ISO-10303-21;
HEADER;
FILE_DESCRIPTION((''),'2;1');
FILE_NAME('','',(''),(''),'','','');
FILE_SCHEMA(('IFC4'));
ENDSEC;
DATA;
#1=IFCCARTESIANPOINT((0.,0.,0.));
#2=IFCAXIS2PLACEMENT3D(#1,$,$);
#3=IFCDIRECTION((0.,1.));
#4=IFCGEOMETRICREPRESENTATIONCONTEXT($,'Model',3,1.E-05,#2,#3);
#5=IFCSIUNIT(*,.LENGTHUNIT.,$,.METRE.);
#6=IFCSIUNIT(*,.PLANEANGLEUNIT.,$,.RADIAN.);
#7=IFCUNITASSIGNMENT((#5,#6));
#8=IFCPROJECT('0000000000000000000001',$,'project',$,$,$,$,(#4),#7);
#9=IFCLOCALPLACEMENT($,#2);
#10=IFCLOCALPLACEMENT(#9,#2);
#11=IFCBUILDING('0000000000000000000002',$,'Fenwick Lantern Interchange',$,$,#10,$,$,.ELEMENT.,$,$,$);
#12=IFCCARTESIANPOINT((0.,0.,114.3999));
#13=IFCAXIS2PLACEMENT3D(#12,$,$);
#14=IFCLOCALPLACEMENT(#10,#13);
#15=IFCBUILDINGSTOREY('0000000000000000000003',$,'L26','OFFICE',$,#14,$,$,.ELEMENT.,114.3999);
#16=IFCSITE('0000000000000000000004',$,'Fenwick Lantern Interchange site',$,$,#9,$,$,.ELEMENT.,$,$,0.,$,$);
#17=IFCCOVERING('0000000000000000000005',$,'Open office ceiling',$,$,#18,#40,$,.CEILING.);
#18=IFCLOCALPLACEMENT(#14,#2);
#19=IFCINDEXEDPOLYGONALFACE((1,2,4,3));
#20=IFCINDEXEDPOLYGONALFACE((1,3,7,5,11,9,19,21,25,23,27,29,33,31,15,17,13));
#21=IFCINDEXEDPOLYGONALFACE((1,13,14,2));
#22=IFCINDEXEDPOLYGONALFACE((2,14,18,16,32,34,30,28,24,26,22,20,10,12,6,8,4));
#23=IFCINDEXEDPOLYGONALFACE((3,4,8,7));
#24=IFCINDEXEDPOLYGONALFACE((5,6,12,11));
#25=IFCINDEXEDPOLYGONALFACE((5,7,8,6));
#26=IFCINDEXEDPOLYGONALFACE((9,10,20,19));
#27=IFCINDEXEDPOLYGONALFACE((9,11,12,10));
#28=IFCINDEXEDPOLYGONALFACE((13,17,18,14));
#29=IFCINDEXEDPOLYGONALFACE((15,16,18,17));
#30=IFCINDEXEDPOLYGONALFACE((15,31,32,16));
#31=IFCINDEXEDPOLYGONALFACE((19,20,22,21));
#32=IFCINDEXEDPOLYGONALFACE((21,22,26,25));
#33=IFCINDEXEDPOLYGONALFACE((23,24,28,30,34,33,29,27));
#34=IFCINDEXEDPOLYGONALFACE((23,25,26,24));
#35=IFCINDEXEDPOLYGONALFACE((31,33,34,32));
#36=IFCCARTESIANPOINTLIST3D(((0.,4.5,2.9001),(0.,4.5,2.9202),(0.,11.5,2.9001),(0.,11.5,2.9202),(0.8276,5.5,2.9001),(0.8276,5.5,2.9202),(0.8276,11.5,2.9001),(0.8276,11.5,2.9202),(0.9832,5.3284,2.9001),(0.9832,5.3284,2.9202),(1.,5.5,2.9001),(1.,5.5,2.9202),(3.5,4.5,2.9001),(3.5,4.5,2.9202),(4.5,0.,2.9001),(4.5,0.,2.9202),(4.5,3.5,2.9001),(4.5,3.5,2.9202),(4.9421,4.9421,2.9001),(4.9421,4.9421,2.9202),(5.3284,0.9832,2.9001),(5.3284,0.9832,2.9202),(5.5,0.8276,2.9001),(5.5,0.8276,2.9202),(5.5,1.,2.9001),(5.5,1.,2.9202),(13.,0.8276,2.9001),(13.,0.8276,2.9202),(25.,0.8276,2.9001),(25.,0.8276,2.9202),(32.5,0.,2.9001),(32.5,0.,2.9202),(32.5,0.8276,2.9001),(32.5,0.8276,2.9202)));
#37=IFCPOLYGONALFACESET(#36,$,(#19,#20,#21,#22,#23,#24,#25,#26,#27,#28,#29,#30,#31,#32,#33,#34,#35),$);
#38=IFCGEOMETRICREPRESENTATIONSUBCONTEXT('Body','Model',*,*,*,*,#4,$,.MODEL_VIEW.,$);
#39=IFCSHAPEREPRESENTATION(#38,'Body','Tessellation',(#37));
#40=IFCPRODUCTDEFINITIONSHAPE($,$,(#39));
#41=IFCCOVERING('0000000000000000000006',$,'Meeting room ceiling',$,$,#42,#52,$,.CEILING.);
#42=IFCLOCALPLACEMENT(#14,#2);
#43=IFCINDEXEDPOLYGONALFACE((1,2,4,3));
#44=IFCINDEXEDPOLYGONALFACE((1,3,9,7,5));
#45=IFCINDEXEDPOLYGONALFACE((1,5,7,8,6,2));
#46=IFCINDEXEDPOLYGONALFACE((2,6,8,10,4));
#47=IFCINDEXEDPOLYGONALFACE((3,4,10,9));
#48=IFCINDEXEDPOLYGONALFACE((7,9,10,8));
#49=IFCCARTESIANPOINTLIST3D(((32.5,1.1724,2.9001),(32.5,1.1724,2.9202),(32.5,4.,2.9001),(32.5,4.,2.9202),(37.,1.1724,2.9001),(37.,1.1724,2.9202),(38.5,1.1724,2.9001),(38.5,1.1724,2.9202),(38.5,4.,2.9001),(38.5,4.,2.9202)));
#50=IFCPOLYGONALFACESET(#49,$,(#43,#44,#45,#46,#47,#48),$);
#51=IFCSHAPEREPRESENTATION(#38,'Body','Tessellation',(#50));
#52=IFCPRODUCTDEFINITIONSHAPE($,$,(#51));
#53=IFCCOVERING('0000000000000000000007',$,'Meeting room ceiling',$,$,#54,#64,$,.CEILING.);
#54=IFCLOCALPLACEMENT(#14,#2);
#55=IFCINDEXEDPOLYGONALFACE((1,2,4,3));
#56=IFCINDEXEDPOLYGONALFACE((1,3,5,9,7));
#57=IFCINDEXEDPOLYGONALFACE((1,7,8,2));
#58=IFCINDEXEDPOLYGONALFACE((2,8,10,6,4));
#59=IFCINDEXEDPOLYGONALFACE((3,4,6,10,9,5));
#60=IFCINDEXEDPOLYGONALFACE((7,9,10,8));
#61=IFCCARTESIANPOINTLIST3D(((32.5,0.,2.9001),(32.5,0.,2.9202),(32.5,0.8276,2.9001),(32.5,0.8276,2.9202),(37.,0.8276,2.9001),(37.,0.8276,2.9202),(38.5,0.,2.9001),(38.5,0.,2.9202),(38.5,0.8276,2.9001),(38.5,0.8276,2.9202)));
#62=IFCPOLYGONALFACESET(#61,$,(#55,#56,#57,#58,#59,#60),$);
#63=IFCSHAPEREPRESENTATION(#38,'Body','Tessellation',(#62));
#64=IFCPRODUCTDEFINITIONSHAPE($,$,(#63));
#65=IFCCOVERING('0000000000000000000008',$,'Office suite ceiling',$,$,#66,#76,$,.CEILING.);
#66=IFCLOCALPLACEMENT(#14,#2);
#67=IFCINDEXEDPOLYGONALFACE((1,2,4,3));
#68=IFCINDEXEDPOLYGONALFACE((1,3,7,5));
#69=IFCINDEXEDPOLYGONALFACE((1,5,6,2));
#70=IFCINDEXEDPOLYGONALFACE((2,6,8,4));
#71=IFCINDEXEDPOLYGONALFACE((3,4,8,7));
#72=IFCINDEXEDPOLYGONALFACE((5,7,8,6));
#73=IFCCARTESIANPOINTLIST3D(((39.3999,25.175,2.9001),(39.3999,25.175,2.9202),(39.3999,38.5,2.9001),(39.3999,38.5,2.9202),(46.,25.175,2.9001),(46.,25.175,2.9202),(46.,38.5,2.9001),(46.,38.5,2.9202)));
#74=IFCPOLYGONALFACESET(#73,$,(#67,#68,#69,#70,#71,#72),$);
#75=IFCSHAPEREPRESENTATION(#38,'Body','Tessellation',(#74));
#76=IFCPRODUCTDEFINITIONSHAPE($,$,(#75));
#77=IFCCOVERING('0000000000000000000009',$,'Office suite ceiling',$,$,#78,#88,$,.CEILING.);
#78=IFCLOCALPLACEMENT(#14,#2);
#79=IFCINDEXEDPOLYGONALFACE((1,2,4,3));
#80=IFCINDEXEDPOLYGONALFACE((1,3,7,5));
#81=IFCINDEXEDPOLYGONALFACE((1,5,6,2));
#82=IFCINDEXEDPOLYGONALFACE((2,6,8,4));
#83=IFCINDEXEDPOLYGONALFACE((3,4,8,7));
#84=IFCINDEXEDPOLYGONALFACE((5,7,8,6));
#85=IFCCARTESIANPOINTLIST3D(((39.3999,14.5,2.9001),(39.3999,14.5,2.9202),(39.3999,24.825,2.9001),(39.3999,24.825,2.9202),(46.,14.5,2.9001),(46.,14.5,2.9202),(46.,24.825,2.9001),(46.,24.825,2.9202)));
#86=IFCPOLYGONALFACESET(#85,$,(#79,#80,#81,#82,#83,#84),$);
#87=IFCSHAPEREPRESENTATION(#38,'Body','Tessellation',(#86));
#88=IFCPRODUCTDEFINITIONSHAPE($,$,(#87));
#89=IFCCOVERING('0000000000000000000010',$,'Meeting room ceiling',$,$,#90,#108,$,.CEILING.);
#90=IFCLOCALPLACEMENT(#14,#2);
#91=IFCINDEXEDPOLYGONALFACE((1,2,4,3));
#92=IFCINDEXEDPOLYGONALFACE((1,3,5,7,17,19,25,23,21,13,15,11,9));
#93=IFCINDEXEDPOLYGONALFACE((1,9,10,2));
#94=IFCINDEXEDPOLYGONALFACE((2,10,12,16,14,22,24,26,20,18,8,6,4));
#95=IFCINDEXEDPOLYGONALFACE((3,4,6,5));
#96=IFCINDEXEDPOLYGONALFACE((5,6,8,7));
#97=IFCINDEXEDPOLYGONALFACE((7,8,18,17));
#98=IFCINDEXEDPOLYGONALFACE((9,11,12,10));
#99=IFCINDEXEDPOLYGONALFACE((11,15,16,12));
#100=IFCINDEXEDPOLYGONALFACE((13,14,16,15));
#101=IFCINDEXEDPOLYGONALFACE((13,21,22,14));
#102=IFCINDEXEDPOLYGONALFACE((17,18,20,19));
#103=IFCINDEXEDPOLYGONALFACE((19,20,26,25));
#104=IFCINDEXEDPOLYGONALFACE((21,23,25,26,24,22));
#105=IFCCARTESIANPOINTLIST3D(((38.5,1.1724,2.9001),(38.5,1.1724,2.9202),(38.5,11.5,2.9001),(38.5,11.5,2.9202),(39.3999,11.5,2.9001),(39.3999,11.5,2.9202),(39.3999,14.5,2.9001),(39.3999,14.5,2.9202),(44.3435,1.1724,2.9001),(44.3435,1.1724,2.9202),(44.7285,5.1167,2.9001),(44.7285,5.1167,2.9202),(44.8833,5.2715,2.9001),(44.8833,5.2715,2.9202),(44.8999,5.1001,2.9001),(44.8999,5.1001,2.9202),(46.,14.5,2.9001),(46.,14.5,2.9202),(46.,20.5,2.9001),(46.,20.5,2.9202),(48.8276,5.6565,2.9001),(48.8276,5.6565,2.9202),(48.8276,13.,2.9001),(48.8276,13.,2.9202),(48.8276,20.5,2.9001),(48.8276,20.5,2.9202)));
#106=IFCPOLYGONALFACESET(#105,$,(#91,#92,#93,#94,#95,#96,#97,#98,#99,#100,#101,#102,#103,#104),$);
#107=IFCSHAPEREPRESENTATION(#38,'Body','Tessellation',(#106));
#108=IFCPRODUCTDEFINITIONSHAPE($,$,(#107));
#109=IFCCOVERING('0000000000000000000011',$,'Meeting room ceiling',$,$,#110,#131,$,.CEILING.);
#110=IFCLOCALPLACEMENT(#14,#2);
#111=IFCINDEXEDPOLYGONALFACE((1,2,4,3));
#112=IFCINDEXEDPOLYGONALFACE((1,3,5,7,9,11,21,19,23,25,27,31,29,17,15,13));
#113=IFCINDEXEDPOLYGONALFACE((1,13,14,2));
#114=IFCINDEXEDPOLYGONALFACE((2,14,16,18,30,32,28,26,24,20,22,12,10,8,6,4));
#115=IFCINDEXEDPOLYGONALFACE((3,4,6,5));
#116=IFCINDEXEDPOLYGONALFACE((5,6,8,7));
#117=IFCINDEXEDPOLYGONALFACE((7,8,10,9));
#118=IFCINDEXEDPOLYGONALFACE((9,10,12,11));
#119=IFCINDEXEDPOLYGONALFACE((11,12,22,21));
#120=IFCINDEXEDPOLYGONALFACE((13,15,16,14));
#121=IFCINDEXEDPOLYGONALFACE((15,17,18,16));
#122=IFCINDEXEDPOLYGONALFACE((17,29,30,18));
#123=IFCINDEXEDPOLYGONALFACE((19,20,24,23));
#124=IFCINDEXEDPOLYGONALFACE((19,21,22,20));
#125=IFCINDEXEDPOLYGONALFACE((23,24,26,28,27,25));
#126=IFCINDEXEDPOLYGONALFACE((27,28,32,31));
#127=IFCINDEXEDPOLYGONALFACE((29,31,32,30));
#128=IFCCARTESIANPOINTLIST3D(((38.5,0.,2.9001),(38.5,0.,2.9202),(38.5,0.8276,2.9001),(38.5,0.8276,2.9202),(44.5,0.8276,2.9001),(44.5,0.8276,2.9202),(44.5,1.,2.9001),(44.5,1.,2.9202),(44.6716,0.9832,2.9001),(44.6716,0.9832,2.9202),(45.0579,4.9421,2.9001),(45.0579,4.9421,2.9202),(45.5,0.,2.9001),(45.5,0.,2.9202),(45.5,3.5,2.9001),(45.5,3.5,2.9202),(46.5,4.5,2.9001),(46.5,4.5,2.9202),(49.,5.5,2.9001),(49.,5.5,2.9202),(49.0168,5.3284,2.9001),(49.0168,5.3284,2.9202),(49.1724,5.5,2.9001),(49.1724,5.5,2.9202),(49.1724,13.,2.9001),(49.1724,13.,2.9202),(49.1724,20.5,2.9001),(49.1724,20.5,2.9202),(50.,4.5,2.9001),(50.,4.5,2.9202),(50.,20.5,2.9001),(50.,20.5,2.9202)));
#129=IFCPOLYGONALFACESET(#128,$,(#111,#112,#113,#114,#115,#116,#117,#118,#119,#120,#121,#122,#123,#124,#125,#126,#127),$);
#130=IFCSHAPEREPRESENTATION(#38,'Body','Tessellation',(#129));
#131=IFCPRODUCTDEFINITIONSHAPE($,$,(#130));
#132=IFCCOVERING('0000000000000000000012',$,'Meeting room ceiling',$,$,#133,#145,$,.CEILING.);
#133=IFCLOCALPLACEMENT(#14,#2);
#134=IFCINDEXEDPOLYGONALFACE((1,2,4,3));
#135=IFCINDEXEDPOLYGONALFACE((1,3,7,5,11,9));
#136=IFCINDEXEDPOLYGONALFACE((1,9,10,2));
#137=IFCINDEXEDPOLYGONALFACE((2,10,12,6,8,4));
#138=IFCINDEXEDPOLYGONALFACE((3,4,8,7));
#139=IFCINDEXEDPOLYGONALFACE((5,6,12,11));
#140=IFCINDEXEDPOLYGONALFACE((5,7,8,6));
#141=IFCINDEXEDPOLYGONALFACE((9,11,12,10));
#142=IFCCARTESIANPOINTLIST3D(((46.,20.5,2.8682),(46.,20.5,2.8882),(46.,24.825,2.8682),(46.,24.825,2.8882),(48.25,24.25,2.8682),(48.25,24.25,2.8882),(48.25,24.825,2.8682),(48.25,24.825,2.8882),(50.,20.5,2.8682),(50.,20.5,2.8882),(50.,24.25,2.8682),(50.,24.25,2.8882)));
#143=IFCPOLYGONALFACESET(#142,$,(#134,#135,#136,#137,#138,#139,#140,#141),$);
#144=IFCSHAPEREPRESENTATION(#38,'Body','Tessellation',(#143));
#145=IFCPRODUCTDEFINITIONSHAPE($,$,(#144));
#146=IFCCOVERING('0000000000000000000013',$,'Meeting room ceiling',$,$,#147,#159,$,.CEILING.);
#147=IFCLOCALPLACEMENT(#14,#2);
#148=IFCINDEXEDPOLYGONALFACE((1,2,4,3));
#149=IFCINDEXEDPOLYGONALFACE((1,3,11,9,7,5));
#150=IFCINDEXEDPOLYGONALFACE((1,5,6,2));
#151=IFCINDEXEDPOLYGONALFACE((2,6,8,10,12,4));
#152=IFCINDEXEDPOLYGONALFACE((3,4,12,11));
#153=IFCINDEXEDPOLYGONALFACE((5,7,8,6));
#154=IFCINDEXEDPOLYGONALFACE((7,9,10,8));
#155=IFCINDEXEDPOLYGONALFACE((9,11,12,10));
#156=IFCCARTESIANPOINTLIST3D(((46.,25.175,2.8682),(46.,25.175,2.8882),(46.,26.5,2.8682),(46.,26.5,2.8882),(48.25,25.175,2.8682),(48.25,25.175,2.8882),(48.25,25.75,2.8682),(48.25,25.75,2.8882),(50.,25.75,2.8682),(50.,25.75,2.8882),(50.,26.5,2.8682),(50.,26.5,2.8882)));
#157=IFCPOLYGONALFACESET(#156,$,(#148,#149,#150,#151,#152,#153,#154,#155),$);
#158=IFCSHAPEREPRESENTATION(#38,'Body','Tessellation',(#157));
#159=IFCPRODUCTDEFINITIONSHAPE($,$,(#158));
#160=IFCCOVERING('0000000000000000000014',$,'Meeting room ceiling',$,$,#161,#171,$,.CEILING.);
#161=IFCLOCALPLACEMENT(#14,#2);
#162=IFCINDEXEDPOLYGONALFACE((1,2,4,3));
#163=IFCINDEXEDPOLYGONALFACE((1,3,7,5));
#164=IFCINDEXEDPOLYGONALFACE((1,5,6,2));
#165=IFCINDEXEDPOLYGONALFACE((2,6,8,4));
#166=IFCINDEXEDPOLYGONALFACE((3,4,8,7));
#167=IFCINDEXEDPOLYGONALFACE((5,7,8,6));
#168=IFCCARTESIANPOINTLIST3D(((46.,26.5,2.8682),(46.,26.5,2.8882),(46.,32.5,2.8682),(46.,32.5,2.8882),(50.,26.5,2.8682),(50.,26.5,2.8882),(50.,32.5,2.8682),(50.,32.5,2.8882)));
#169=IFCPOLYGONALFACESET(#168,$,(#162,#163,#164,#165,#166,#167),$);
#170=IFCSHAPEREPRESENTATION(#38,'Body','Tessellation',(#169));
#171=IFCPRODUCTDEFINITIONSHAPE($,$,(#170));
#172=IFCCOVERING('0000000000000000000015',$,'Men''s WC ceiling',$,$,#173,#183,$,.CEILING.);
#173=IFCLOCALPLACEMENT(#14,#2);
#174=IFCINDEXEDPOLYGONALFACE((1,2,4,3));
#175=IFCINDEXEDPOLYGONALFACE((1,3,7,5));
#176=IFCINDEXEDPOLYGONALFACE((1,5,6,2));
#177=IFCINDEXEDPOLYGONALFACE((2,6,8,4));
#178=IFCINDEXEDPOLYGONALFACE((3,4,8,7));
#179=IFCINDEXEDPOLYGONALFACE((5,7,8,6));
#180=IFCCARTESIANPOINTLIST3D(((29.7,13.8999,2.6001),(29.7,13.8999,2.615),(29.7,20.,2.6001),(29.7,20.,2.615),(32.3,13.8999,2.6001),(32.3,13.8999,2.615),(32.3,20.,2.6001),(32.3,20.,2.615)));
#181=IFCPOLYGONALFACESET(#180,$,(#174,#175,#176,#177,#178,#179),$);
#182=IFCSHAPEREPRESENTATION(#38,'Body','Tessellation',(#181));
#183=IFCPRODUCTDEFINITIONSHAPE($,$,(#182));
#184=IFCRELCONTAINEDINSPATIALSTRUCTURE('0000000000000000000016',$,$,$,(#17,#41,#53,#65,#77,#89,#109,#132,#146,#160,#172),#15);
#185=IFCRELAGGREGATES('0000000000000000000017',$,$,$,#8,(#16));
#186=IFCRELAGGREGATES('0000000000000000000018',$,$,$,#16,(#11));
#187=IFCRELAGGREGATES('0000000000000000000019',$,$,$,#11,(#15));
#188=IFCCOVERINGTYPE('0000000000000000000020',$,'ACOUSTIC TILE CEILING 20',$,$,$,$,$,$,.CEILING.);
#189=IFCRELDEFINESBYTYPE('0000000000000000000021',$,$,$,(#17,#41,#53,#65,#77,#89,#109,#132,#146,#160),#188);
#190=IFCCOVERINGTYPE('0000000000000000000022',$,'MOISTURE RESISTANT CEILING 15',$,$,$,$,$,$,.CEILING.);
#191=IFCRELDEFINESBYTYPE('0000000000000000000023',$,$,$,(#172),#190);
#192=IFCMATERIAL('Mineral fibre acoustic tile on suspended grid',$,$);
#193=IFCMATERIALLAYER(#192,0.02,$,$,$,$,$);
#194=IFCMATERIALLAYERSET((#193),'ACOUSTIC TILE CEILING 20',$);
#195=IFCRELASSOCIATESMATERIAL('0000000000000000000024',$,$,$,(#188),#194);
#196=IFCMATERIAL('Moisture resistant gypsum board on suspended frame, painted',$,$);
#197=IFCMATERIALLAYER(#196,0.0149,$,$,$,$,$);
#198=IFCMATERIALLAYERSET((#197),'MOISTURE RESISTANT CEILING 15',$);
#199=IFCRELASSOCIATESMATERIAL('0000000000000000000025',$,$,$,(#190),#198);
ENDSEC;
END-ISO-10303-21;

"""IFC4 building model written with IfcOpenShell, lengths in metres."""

from ifc_helpers import new_model, si_unit, direction, frame, origin, place, context, subcontext, project, spatial, polyline, outline, extrude, material, layer, layer_set, type_object, element, save


model = new_model("IFC4")

# Units and contexts
model_context = context("Model", 3, precision=1e-05, world=origin(), true_north=direction((0.0, 1.0)))
body_context = subcontext(model_context, "Body", "Model", "MODEL_VIEW")
ifc_project = project(units=[si_unit("LENGTHUNIT", "METRE"), si_unit("PLANEANGLEUNIT", "RADIAN")], contexts=[model_context])

# Site, building, storey
site_placement = place(None, origin())
site = spatial("IfcSite", under=ifc_project, at=site_placement, Name="Fenwick Lantern Interchange site", CompositionType="ELEMENT", RefElevation=0.0)
building_placement = place(site_placement, origin())
building = spatial("IfcBuilding", under=site, at=building_placement, Name="Fenwick Lantern Interchange", CompositionType="ELEMENT")
storey_placement = place(building_placement, frame((0.0, 0.0, 114.3999)))
storey = spatial("IfcBuildingStorey", under=building, at=storey_placement, Name="L26", Description="OFFICE", CompositionType="ELEMENT", Elevation=114.3999)

# Coverings
ifc_material_1 = material(Name="Mineral fibre acoustic tile on suspended grid")
ifc_layer_1 = layer(ifc_material_1, 0.02)
ifc_layer_set_1 = layer_set([ifc_layer_1], Name="ACOUSTIC TILE CEILING 20")
covering_type_1 = type_object("IfcCoveringType", Name="ACOUSTIC TILE CEILING 20", PredefinedType="CEILING", material=ifc_layer_set_1)
covering_1_placement = place(storey_placement, frame((0.0, 0.0, 2.9001)))
element("IfcCovering", 1, at=covering_1_placement, inside=storey, type_object=covering_type_1, Name="Open office ceiling", PredefinedType="CEILING", context=body_context, shape_type="SweptSolid", body=[
    extrude(outline(polyline([(4.5, 3.5), (4.5, 0.0), (32.5, 0.0), (32.5, 0.8276), (25.0, 0.8276), (13.0, 0.8276), (5.5, 0.8276), (5.5, 1.0), (5.3284, 0.9832), (4.9421, 4.9421), (0.9832, 5.3284), (1.0, 5.5), (0.8276, 5.5), (0.8276, 11.5), (0.0, 11.5), (0.0, 4.5), (3.5, 4.5), (4.5, 3.5)])), origin(), (0.0, 0.0, 1.0), 0.02),
])
covering_2_placement = place(storey_placement, frame((0.0, 0.0, 2.9001)))
element("IfcCovering", 2, at=covering_2_placement, inside=storey, type_object=covering_type_1, Name="Meeting room ceiling", PredefinedType="CEILING", context=body_context, shape_type="SweptSolid", body=[
    extrude(outline(polyline([(32.5, 4.0), (32.5, 1.1724), (37.0, 1.1724), (38.5, 1.1724), (38.5, 4.0), (32.5, 4.0)])), origin(), (0.0, 0.0, 1.0), 0.02),
])
covering_3_placement = place(storey_placement, frame((0.0, 0.0, 2.9001)))
element("IfcCovering", 3, at=covering_3_placement, inside=storey, type_object=covering_type_1, Name="Meeting room ceiling", PredefinedType="CEILING", context=body_context, shape_type="SweptSolid", body=[
    extrude(outline(polyline([(38.5, 0.0), (38.5, 0.8276), (37.0, 0.8276), (32.5, 0.8276), (32.5, 0.0), (38.5, 0.0)])), origin(), (0.0, 0.0, 1.0), 0.02),
])
covering_4_placement = place(storey_placement, frame((0.0, 0.0, 2.9001)))
element("IfcCovering", 4, at=covering_4_placement, inside=storey, type_object=covering_type_1, Name="Office suite ceiling", PredefinedType="CEILING", context=body_context, shape_type="SweptSolid", body=[
    extrude(outline(polyline([(39.3999, 38.5), (39.3999, 25.175), (46.0, 25.175), (46.0, 38.5), (39.3999, 38.5)])), origin(), (0.0, 0.0, 1.0), 0.02),
])
covering_5_placement = place(storey_placement, frame((0.0, 0.0, 2.9001)))
element("IfcCovering", 5, at=covering_5_placement, inside=storey, type_object=covering_type_1, Name="Office suite ceiling", PredefinedType="CEILING", context=body_context, shape_type="SweptSolid", body=[
    extrude(outline(polyline([(39.3999, 24.825), (39.3999, 14.5), (46.0, 14.5), (46.0, 24.825), (39.3999, 24.825)])), origin(), (0.0, 0.0, 1.0), 0.02),
])
covering_6_placement = place(storey_placement, frame((0.0, 0.0, 2.9001)))
element("IfcCovering", 6, at=covering_6_placement, inside=storey, type_object=covering_type_1, Name="Meeting room ceiling", PredefinedType="CEILING", context=body_context, shape_type="SweptSolid", body=[
    extrude(outline(polyline([(48.8276, 20.5), (46.0, 20.5), (46.0, 14.5), (39.3999, 14.5), (39.3999, 11.5), (38.5, 11.5), (38.5, 1.1724), (44.3435, 1.1724), (44.7285, 5.1167), (44.8999, 5.1001), (44.8833, 5.2715), (48.8276, 5.6565), (48.8276, 13.0), (48.8276, 20.5)])), origin(), (0.0, 0.0, 1.0), 0.02),
])
covering_7_placement = place(storey_placement, frame((0.0, 0.0, 2.9001)))
element("IfcCovering", 7, at=covering_7_placement, inside=storey, type_object=covering_type_1, Name="Meeting room ceiling", PredefinedType="CEILING", context=body_context, shape_type="SweptSolid", body=[
    extrude(outline(polyline([(50.0, 20.5), (49.1724, 20.5), (49.1724, 13.0), (49.1724, 5.5), (49.0, 5.5), (49.0168, 5.3284), (45.0579, 4.9421), (44.6716, 0.9832), (44.5, 1.0), (44.5, 0.8276), (38.5, 0.8276), (38.5, 0.0), (45.5, 0.0), (45.5, 3.5), (46.5, 4.5), (50.0, 4.5), (50.0, 20.5)])), origin(), (0.0, 0.0, 1.0), 0.02),
])
covering_8_placement = place(storey_placement, frame((0.0, 0.0, 2.8682)))
element("IfcCovering", 8, at=covering_8_placement, inside=storey, type_object=covering_type_1, Name="Meeting room ceiling", PredefinedType="CEILING", context=body_context, shape_type="SweptSolid", body=[
    extrude(outline(polyline([(46.0, 20.5), (50.0, 20.5), (50.0, 24.25), (48.25, 24.25), (48.25, 24.825), (46.0, 24.825), (46.0, 20.5)])), origin(), (0.0, 0.0, 1.0), 0.02),
])
covering_9_placement = place(storey_placement, frame((0.0, 0.0, 2.8682)))
element("IfcCovering", 9, at=covering_9_placement, inside=storey, type_object=covering_type_1, Name="Meeting room ceiling", PredefinedType="CEILING", context=body_context, shape_type="SweptSolid", body=[
    extrude(outline(polyline([(46.0, 26.5), (46.0, 25.175), (48.25, 25.175), (48.25, 25.75), (50.0, 25.75), (50.0, 26.5), (46.0, 26.5)])), origin(), (0.0, 0.0, 1.0), 0.02),
])
covering_10_placement = place(storey_placement, frame((0.0, 0.0, 2.8682)))
element("IfcCovering", 10, at=covering_10_placement, inside=storey, type_object=covering_type_1, Name="Meeting room ceiling", PredefinedType="CEILING", context=body_context, shape_type="SweptSolid", body=[
    extrude(outline(polyline([(50.0, 26.5), (50.0, 32.5), (46.0, 32.5), (46.0, 26.5), (50.0, 26.5)])), origin(), (0.0, 0.0, 1.0), 0.02),
])
ifc_material_2 = material(Name="Moisture resistant gypsum board on suspended frame, painted")
ifc_layer_2 = layer(ifc_material_2, 0.0149)
ifc_layer_set_2 = layer_set([ifc_layer_2], Name="MOISTURE RESISTANT CEILING 15")
covering_type_2 = type_object("IfcCoveringType", Name="MOISTURE RESISTANT CEILING 15", PredefinedType="CEILING", material=ifc_layer_set_2)
covering_11_placement = place(storey_placement, frame((0.0, 0.0, 2.6001)))
element("IfcCovering", 11, at=covering_11_placement, inside=storey, type_object=covering_type_2, Name="Men's WC ceiling", PredefinedType="CEILING", context=body_context, shape_type="SweptSolid", body=[
    extrude(outline(polyline([(29.7, 13.8999), (32.3, 13.8999), (32.3, 20.0), (29.7, 20.0), (29.7, 13.8999)])), origin(), (0.0, 0.0, 1.0), 0.0149),
])

save(model, "model.ifc")
